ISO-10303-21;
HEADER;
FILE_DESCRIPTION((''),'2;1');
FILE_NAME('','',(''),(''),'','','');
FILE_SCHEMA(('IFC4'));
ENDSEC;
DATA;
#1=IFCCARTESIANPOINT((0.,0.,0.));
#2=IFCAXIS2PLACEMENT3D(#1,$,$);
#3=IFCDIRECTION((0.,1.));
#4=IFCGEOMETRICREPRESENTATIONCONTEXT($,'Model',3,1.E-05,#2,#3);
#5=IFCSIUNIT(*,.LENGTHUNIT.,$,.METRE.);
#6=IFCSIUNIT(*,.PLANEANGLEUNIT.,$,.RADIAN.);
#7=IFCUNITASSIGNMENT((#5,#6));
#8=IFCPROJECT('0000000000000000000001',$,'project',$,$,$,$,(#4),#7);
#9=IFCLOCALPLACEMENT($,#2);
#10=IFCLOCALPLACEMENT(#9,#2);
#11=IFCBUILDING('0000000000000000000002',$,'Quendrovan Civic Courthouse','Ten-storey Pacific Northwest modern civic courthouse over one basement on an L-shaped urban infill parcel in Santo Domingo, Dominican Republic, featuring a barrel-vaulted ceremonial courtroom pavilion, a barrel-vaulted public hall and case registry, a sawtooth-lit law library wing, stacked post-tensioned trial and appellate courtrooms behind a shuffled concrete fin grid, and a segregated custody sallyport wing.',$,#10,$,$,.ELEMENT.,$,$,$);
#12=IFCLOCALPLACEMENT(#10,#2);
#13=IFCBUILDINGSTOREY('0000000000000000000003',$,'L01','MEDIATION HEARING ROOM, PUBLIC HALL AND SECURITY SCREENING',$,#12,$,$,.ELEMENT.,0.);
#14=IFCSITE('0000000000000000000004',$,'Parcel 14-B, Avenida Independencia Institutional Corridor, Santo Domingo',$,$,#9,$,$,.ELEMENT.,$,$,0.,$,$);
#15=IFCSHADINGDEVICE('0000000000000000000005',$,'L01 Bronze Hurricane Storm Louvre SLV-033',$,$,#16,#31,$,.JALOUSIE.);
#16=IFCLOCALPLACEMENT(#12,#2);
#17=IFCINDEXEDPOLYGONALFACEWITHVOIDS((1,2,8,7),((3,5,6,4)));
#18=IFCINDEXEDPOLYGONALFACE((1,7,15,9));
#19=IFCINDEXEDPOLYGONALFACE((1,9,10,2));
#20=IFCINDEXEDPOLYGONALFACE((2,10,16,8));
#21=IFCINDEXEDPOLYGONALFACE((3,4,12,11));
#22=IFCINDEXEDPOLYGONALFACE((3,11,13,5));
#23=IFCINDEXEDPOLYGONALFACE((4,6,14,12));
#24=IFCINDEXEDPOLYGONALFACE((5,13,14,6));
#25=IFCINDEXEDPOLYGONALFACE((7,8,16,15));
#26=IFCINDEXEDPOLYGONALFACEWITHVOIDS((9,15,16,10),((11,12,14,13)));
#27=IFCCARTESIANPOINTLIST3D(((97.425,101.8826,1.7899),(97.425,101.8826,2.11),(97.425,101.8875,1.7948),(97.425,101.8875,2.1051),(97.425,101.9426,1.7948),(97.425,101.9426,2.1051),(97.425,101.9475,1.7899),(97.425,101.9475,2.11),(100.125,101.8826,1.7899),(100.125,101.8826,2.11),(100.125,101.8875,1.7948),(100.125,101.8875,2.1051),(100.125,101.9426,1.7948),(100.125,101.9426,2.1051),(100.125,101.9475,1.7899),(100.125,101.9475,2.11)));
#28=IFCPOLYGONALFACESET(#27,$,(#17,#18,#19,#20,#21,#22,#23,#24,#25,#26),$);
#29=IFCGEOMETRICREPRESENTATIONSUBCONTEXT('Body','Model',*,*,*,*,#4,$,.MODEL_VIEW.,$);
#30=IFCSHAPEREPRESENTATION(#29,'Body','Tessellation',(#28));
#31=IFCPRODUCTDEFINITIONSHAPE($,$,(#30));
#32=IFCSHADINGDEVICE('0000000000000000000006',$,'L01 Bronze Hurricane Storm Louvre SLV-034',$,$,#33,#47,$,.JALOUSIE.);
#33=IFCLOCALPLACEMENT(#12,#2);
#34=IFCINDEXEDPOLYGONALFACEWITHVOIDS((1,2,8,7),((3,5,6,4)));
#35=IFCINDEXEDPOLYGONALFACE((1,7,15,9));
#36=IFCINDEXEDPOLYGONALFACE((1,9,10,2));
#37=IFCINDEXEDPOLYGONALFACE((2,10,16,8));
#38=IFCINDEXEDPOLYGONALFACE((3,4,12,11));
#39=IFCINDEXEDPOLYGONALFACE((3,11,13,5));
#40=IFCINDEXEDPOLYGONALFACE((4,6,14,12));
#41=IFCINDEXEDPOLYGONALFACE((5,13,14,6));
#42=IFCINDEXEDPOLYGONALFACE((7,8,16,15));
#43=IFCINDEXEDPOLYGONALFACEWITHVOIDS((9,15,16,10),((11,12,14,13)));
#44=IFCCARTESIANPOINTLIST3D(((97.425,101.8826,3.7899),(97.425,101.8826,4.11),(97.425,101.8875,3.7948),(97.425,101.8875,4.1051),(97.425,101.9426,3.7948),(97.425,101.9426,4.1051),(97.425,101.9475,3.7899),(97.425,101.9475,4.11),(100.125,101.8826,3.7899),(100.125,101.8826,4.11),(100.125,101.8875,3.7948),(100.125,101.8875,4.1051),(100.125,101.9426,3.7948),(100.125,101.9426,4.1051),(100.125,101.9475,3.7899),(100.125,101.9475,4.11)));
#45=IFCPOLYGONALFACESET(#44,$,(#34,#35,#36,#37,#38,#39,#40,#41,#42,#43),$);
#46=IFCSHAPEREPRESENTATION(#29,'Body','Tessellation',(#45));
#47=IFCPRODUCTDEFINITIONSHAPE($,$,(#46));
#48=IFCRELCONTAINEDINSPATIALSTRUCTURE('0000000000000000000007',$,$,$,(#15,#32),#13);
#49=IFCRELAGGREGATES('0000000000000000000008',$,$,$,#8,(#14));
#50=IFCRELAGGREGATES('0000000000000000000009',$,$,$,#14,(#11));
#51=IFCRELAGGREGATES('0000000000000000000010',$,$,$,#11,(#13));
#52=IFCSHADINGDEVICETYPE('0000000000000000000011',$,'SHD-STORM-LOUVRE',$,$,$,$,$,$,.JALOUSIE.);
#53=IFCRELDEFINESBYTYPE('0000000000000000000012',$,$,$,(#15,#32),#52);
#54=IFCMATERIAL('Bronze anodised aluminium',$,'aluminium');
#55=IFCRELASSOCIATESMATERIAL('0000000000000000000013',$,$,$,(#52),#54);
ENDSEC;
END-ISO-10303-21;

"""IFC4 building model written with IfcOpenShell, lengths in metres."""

from ifc_helpers import new_model, si_unit, direction, frame, origin, origin_2d, place, context, subcontext, project, spatial, hollow_rectangle, extrude, material, material_profile, profile_set, type_object, element, save


model = new_model("IFC4")

# Units and contexts
model_context = context("Model", 3, precision=1e-05, world=origin(), true_north=direction((0.0, 1.0)))
body_context = subcontext(model_context, "Body", "Model", "MODEL_VIEW")
ifc_project = project(units=[si_unit("LENGTHUNIT", "METRE"), si_unit("PLANEANGLEUNIT", "RADIAN")], contexts=[model_context])

# Site, building, storey
site_placement = place(None, origin())
site = spatial("IfcSite", under=ifc_project, at=site_placement, Name="Parcel 14-B, Avenida Independencia Institutional Corridor, Santo Domingo", CompositionType="ELEMENT", RefElevation=0.0)
building_placement = place(site_placement, origin())
building = spatial("IfcBuilding", under=site, at=building_placement, Name="Quendrovan Civic Courthouse", Description="Ten-storey Pacific Northwest modern civic courthouse over one basement on an L-shaped urban infill parcel in Santo Domingo, Dominican Republic, featuring a barrel-vaulted ceremonial courtroom pavilion, a barrel-vaulted public hall and case registry, a sawtooth-lit law library wing, stacked post-tensioned trial and appellate courtrooms behind a shuffled concrete fin grid, and a segregated custody sallyport wing.", CompositionType="ELEMENT")
storey_placement = place(building_placement, origin())
storey = spatial("IfcBuildingStorey", under=building, at=storey_placement, Name="L01", Description="MEDIATION HEARING ROOM, PUBLIC HALL AND SECURITY SCREENING", CompositionType="ELEMENT", Elevation=0.0)

# Shared definitions
ifc_material_1 = material(Name="Bronze anodised aluminium", Category="aluminium")

# Shading devices
ifc_material_profile_1 = material_profile(ifc_material_1, hollow_rectangle(XDim=0.0649, YDim=0.3201, WallThickness=0.0049, at=origin_2d()), Name="AL-LOUVRE-65x320")
ifc_profile_set_1 = profile_set([ifc_material_profile_1], Name="Bronze anodised aluminium")
shading_device_type = type_object("IfcShadingDeviceType", Name="SHD-STORM-LOUVRE", PredefinedType="JALOUSIE", material=ifc_profile_set_1)
for number, where, z_axis, x_axis, name in (
    (1, (97.425, 101.915, 1.95), (1.0, 0.0, 0.0), (0.0, 1.0, 0.0), "L01 Bronze Hurricane Storm Louvre SLV-033"),
    (2, (97.425, 101.915, 3.95), (1.0, 0.0, 0.0), (0.0, 1.0, 0.0), "L01 Bronze Hurricane Storm Louvre SLV-034"),
):
    element("IfcShadingDevice", number, at=place(storey_placement, frame(where, z_axis=z_axis, x_axis=x_axis)), inside=storey, type_object=shading_device_type, Name=name, PredefinedType="JALOUSIE", context=body_context, shape_type="SweptSolid", body=[
        extrude(hollow_rectangle(XDim=0.0649, YDim=0.3201, WallThickness=0.0049, at=origin_2d()), origin(), (0.0, 0.0, 1.0), 2.7),
    ])

save(model, "model.ifc")
